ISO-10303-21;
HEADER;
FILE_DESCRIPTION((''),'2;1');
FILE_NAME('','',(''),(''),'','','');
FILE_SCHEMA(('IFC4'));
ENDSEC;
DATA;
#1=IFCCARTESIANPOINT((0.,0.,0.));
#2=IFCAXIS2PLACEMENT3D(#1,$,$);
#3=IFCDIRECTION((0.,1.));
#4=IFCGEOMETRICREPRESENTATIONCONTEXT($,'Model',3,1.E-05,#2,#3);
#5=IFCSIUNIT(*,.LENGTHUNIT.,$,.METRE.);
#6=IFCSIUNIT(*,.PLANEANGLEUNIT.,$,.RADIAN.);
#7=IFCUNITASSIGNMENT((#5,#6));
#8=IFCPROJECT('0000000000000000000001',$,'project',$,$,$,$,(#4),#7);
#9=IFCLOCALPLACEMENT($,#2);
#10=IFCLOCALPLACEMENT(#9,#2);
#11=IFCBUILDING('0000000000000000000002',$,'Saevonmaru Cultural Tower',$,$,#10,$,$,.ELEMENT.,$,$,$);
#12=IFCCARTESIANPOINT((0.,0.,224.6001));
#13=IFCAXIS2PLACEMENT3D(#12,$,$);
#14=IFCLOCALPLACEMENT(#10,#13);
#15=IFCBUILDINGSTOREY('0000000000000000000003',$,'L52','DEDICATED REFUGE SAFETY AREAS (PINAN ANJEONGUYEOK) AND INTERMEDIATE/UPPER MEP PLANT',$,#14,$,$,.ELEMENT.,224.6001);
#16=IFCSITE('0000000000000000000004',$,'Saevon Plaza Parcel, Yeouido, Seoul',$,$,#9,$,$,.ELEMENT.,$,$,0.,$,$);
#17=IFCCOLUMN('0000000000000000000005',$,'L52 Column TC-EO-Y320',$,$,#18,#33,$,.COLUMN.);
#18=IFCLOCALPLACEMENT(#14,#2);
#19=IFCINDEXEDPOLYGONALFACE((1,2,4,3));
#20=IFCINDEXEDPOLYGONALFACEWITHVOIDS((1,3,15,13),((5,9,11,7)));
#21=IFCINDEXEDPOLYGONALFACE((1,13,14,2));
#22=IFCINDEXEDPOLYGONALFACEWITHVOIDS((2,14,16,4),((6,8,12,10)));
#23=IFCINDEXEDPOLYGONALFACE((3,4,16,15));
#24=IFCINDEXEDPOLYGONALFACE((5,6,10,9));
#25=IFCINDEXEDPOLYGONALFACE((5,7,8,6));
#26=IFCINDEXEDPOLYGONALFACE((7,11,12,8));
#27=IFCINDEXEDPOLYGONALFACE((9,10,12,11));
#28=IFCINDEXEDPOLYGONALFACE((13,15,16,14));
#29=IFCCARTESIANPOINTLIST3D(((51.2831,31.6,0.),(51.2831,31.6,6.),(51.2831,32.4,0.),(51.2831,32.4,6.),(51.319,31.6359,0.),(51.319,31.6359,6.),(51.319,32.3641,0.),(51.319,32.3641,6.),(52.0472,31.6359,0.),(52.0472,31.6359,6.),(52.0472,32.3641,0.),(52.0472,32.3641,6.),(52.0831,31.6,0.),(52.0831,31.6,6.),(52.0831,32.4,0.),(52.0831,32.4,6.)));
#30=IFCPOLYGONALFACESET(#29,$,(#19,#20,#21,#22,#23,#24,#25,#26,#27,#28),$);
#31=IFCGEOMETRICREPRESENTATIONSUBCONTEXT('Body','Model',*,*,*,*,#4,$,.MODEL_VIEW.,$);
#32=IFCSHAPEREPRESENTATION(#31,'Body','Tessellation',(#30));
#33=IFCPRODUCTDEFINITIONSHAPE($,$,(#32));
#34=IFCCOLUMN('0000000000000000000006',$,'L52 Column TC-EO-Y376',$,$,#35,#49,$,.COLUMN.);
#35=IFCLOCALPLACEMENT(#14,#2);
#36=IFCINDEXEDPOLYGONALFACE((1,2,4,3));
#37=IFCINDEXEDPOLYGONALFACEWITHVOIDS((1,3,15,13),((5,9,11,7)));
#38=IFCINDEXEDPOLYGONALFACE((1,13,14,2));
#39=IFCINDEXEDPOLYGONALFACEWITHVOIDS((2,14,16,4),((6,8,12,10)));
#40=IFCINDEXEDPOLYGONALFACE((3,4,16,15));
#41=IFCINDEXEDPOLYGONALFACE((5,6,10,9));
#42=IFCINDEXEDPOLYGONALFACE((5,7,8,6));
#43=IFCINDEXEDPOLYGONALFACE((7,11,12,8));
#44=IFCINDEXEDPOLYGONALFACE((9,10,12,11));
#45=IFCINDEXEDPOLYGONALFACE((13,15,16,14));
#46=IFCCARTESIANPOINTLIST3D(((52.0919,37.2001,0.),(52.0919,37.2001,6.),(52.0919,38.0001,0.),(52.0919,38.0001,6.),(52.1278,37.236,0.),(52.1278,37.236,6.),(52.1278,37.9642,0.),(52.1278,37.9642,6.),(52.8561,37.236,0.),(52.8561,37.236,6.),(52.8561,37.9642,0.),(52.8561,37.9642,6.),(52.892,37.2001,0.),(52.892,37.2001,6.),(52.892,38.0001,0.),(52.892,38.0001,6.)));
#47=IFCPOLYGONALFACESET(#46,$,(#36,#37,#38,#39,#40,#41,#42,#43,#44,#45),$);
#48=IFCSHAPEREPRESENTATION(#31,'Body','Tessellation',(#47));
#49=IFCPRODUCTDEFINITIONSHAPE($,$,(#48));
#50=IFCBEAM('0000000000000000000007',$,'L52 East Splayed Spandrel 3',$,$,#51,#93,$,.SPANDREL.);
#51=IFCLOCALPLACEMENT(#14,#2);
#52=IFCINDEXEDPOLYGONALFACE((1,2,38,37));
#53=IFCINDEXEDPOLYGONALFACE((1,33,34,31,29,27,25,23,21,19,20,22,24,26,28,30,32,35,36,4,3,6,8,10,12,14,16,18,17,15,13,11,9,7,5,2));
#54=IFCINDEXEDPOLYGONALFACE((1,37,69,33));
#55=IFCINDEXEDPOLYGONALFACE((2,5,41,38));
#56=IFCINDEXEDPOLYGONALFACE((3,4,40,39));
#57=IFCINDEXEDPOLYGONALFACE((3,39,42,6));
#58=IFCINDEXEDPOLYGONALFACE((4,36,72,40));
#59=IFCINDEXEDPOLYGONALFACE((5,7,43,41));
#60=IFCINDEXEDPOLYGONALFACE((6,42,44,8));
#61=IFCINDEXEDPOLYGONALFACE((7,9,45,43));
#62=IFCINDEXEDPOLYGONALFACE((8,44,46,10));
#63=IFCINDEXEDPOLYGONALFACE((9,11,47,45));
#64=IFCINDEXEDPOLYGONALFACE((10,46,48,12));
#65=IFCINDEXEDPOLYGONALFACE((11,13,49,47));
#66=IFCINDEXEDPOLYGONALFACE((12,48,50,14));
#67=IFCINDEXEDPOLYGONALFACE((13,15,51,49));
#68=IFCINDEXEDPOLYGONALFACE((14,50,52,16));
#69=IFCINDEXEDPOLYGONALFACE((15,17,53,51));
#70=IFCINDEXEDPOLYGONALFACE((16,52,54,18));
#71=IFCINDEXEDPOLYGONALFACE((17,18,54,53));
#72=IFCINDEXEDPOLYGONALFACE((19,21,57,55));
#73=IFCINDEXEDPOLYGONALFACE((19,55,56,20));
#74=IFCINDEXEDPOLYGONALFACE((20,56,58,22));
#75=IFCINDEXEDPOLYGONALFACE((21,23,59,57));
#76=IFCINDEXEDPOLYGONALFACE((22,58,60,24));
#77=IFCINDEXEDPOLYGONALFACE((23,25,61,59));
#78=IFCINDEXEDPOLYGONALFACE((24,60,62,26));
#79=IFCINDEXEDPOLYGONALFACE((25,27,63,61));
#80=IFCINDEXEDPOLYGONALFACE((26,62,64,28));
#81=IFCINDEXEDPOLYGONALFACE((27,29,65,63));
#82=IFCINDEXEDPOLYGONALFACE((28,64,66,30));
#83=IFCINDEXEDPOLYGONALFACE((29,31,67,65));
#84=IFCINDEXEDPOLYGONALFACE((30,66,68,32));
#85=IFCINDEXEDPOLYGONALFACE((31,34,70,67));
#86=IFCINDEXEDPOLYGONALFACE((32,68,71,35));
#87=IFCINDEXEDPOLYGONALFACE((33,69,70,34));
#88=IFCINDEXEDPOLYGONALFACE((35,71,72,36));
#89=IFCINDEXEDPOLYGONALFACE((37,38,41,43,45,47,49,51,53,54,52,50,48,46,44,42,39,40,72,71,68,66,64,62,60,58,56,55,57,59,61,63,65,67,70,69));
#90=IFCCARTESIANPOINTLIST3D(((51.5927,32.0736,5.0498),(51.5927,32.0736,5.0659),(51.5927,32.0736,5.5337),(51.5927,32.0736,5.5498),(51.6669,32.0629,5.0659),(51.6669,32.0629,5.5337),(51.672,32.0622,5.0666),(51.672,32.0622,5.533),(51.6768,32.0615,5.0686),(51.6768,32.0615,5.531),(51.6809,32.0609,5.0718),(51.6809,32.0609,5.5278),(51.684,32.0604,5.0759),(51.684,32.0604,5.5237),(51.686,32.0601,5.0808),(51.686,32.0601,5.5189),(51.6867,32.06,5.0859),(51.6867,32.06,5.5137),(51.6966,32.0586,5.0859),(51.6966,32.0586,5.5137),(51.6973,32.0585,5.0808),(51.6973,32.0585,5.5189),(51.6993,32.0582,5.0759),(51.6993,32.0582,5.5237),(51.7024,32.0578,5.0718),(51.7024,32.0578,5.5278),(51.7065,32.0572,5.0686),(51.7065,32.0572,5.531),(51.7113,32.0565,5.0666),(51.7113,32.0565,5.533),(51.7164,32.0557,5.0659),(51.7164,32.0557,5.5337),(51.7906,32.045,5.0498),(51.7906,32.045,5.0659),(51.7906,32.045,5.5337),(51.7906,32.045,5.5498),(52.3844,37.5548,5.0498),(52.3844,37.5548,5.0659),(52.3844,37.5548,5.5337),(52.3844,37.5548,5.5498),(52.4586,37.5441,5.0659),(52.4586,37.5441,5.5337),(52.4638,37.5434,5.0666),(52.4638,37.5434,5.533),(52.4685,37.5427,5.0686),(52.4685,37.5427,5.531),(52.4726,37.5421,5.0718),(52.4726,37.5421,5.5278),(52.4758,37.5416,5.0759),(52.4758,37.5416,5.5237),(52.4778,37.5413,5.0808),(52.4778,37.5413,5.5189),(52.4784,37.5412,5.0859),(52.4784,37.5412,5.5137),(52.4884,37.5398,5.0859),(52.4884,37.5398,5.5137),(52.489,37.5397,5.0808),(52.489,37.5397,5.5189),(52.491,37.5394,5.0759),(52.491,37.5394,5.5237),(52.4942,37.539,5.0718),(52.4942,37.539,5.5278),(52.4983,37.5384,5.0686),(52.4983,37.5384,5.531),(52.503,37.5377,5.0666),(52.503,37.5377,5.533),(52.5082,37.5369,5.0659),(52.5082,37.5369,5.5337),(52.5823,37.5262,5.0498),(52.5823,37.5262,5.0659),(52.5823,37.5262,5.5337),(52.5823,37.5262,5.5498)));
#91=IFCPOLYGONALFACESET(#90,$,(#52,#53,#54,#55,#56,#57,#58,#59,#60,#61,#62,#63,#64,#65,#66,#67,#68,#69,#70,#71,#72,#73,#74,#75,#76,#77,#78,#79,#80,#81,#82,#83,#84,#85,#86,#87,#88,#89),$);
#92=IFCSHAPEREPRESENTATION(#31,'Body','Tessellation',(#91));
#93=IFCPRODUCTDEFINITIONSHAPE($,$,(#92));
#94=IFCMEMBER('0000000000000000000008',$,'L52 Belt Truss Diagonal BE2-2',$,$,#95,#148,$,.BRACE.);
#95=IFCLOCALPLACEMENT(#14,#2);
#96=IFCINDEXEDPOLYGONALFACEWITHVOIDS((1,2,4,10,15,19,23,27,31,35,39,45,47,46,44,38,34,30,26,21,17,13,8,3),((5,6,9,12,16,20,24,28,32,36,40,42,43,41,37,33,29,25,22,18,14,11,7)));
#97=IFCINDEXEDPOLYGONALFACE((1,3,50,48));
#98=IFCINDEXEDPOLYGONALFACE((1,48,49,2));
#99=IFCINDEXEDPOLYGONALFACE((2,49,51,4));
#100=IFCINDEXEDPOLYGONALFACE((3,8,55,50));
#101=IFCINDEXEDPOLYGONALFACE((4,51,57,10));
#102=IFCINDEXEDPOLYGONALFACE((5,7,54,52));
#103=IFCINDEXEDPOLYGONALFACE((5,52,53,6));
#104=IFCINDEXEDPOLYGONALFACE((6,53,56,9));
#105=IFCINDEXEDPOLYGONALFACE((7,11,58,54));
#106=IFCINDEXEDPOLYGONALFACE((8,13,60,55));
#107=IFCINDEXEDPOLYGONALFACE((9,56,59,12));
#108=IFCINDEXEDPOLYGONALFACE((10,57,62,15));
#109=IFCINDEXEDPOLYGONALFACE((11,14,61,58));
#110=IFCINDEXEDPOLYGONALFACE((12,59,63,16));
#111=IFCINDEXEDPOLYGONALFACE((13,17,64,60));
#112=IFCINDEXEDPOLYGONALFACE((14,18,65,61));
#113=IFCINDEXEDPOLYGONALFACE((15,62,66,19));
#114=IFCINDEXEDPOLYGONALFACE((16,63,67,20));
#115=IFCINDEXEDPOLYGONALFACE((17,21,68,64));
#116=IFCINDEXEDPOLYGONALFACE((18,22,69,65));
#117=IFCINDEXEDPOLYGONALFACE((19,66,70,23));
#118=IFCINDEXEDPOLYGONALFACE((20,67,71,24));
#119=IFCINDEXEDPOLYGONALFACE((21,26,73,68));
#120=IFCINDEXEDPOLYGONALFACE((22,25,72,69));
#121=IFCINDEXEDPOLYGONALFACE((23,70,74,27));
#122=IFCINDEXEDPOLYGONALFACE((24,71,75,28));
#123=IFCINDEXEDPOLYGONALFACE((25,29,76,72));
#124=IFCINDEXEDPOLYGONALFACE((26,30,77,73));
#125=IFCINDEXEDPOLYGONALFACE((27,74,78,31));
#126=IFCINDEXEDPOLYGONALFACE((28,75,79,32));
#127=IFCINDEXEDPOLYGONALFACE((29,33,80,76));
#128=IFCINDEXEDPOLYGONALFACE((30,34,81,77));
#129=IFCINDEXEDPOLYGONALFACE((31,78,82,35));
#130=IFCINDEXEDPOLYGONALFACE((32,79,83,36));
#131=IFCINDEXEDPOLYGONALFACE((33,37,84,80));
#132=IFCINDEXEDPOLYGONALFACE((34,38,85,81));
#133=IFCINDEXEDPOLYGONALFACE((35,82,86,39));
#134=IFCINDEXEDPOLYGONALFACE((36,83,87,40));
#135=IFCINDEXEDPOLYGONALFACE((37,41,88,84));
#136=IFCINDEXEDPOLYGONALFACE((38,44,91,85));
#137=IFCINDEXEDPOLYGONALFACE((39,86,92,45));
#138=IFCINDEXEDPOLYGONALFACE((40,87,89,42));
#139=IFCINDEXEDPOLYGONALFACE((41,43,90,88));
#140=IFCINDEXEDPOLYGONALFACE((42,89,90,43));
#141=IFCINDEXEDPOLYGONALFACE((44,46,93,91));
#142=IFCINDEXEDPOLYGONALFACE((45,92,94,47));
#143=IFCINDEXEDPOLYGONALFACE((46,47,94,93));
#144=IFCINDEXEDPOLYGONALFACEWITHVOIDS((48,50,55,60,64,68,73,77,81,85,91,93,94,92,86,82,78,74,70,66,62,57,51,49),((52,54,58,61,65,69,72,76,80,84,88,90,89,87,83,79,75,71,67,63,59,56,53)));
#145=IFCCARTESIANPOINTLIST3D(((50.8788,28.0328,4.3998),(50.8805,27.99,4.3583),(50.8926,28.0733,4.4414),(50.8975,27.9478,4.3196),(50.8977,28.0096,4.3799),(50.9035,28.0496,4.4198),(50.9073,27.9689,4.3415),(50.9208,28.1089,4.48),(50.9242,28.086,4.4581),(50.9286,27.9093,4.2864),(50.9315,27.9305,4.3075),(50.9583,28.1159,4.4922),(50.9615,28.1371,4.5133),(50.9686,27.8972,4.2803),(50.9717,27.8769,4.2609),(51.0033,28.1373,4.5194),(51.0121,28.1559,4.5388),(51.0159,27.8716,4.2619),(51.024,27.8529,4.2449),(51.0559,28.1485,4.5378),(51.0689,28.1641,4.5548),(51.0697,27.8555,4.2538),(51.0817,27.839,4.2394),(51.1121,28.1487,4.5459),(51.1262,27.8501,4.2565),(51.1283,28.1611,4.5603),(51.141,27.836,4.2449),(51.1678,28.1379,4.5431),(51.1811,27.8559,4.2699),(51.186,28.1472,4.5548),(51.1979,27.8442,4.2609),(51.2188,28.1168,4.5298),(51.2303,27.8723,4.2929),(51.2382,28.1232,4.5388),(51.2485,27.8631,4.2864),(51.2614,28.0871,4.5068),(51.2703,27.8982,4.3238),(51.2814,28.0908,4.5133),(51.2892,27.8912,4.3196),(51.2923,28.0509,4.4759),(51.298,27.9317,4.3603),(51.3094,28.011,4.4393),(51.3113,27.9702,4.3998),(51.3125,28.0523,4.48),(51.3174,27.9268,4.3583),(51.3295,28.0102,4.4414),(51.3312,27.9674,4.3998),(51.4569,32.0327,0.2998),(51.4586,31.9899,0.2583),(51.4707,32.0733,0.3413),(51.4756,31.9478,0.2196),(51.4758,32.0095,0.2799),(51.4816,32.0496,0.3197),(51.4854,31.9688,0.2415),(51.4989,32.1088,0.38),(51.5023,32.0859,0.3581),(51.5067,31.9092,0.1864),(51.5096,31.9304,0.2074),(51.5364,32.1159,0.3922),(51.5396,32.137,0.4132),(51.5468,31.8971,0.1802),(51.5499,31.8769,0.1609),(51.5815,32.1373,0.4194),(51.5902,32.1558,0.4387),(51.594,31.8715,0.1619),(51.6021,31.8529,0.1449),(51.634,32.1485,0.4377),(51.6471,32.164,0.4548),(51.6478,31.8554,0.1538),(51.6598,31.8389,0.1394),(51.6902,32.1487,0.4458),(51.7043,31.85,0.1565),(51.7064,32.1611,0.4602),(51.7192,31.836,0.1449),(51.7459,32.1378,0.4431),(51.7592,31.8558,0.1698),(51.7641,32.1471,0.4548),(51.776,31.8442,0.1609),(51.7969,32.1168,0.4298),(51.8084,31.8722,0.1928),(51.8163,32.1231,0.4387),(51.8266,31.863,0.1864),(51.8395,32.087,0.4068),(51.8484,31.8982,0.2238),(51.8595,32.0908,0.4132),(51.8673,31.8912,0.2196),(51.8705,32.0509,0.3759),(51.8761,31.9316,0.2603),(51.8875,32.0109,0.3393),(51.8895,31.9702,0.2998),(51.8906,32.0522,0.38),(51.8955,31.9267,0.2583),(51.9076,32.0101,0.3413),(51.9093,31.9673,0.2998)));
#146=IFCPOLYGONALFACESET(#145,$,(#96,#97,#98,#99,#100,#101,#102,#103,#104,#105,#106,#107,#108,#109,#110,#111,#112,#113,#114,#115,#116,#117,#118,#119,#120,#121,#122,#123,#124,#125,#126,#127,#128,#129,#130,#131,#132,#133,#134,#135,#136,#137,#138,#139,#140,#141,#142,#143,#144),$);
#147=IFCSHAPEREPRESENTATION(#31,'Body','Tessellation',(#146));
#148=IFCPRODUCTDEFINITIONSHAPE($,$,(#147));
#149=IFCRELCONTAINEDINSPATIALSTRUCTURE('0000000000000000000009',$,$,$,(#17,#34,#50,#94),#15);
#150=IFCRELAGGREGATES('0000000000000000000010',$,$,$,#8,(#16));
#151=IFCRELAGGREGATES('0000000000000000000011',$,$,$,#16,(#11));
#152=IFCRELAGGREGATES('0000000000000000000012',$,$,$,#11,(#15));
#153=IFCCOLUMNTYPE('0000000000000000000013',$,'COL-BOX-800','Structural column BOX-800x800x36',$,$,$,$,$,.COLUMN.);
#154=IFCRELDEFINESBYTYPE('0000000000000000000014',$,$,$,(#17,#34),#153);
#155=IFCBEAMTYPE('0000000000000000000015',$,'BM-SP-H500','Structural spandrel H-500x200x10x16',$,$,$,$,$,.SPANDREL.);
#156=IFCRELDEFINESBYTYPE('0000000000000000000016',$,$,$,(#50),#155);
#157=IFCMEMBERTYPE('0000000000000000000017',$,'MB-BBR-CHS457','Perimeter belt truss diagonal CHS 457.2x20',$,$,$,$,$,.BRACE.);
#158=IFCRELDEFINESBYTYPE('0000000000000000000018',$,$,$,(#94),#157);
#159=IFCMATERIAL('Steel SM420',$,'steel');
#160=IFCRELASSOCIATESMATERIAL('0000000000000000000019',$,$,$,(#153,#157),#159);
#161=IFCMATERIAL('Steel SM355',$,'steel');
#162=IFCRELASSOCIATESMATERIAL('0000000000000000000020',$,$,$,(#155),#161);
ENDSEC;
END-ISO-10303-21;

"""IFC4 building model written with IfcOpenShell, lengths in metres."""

from ifc_helpers import new_model, si_unit, direction, frame, origin, origin_2d, place, context, subcontext, project, spatial, hollow_rectangle, hollow_circle, i_section, extrude, material, material_profile, profile_set, type_object, element, save


model = new_model("IFC4")

# Units and contexts
model_context = context("Model", 3, precision=1e-05, world=origin(), true_north=direction((0.0, 1.0)))
body_context = subcontext(model_context, "Body", "Model", "MODEL_VIEW")
ifc_project = project(units=[si_unit("LENGTHUNIT", "METRE"), si_unit("PLANEANGLEUNIT", "RADIAN")], contexts=[model_context])

# Site, building, storey
site_placement = place(None, origin())
site = spatial("IfcSite", under=ifc_project, at=site_placement, Name="Saevon Plaza Parcel, Yeouido, Seoul", CompositionType="ELEMENT", RefElevation=0.0)
building_placement = place(site_placement, origin())
building = spatial("IfcBuilding", under=site, at=building_placement, Name="Saevonmaru Cultural Tower", CompositionType="ELEMENT")
storey_placement = place(building_placement, frame((0.0, 0.0, 224.6001)))
storey = spatial("IfcBuildingStorey", under=building, at=storey_placement, Name="L52", Description="DEDICATED REFUGE SAFETY AREAS (PINAN ANJEONGUYEOK) AND INTERMEDIATE/UPPER MEP PLANT", CompositionType="ELEMENT", Elevation=224.6001)

# Columns
ifc_material_1 = material(Name="Steel SM420", Category="steel")
ifc_material_profile_1 = material_profile(ifc_material_1, hollow_rectangle(XDim=0.8, YDim=0.8, WallThickness=0.0359, at=origin_2d()), Name="BOX-800x800x36")
ifc_profile_set_1 = profile_set([ifc_material_profile_1], Name="Steel SM420")
column_type = type_object("IfcColumnType", Name="COL-BOX-800", Description="Structural column BOX-800x800x36", PredefinedType="COLUMN", material=ifc_profile_set_1)
for number, where, z_axis, x_axis, name in (
    (1, (51.6831, 32.0, 0.0), (0.0, 0.0, 1.0), (1.0, 0.0, 0.0), "L52 Column TC-EO-Y320"),
    (2, (52.4919, 37.6001, 0.0), (0.0, 0.0, 1.0), (1.0, 0.0, 0.0), "L52 Column TC-EO-Y376"),
):
    element("IfcColumn", number, at=place(storey_placement, frame(where, z_axis=z_axis, x_axis=x_axis)), inside=storey, type_object=column_type, Name=name, PredefinedType="COLUMN", context=body_context, shape_type="SweptSolid", body=[
        extrude(hollow_rectangle(XDim=0.8, YDim=0.8, WallThickness=0.0359, at=origin_2d()), origin(), (0.0, 0.0, 1.0), 6.0),
    ])

# Beam
ifc_material_2 = material(Name="Steel SM355", Category="steel")
ifc_material_profile_2 = material_profile(ifc_material_2, i_section(OverallWidth=0.2, OverallDepth=0.5, WebThickness=0.01, FlangeThickness=0.0161, FilletRadius=0.02, at=origin_2d()), Name="H-500x200x10x16")
ifc_profile_set_2 = profile_set([ifc_material_profile_2], Name="Steel SM355")
beam_type = type_object("IfcBeamType", Name="BM-SP-H500", Description="Structural spandrel H-500x200x10x16", PredefinedType="SPANDREL", material=ifc_profile_set_2)
beam_placement = place(storey_placement, frame((51.6917, 32.0593, 5.2998), z_axis=(0.142964, 0.989728, 0.0), x_axis=(-0.989728, 0.142964, 0.0)))
element("IfcBeam", 3, at=beam_placement, inside=storey, type_object=beam_type, Name="L52 East Splayed Spandrel 3", PredefinedType="SPANDREL", context=body_context, shape_type="SweptSolid", body=[
    extrude(i_section(OverallWidth=0.2, OverallDepth=0.5, WebThickness=0.01, FlangeThickness=0.0161, FilletRadius=0.02, at=origin_2d()), origin(), (0.0, 0.0, 1.0), 5.5381),
])

# Member
ifc_material_profile_3 = material_profile(ifc_material_1, hollow_circle(Radius=0.2285, WallThickness=0.02, at=origin_2d()), Name="CHS-457.2x20")
ifc_profile_set_3 = profile_set([ifc_material_profile_3], Name="Steel SM420")
member_type_1 = type_object("IfcMemberType", Name="MB-BBR-CHS457", Description="Perimeter belt truss diagonal CHS 457.2x20", PredefinedType="BRACE", material=ifc_profile_set_3)
member_1_placement = place(storey_placement, frame((51.6831, 32.0, 0.2998), z_axis=(-0.100418, -0.694786, 0.712172), x_axis=(0.989716, -0.143045, 0.0)))
element("IfcMember", 4, at=member_1_placement, inside=storey, type_object=member_type_1, Name="L52 Belt Truss Diagonal BE2-2", PredefinedType="BRACE", context=body_context, shape_type="SweptSolid", body=[
    extrude(hollow_circle(Radius=0.2285, WallThickness=0.02, at=origin_2d()), origin(), (0.0, 0.0, 1.0), 5.7571),
])

save(model, "model.ifc")
